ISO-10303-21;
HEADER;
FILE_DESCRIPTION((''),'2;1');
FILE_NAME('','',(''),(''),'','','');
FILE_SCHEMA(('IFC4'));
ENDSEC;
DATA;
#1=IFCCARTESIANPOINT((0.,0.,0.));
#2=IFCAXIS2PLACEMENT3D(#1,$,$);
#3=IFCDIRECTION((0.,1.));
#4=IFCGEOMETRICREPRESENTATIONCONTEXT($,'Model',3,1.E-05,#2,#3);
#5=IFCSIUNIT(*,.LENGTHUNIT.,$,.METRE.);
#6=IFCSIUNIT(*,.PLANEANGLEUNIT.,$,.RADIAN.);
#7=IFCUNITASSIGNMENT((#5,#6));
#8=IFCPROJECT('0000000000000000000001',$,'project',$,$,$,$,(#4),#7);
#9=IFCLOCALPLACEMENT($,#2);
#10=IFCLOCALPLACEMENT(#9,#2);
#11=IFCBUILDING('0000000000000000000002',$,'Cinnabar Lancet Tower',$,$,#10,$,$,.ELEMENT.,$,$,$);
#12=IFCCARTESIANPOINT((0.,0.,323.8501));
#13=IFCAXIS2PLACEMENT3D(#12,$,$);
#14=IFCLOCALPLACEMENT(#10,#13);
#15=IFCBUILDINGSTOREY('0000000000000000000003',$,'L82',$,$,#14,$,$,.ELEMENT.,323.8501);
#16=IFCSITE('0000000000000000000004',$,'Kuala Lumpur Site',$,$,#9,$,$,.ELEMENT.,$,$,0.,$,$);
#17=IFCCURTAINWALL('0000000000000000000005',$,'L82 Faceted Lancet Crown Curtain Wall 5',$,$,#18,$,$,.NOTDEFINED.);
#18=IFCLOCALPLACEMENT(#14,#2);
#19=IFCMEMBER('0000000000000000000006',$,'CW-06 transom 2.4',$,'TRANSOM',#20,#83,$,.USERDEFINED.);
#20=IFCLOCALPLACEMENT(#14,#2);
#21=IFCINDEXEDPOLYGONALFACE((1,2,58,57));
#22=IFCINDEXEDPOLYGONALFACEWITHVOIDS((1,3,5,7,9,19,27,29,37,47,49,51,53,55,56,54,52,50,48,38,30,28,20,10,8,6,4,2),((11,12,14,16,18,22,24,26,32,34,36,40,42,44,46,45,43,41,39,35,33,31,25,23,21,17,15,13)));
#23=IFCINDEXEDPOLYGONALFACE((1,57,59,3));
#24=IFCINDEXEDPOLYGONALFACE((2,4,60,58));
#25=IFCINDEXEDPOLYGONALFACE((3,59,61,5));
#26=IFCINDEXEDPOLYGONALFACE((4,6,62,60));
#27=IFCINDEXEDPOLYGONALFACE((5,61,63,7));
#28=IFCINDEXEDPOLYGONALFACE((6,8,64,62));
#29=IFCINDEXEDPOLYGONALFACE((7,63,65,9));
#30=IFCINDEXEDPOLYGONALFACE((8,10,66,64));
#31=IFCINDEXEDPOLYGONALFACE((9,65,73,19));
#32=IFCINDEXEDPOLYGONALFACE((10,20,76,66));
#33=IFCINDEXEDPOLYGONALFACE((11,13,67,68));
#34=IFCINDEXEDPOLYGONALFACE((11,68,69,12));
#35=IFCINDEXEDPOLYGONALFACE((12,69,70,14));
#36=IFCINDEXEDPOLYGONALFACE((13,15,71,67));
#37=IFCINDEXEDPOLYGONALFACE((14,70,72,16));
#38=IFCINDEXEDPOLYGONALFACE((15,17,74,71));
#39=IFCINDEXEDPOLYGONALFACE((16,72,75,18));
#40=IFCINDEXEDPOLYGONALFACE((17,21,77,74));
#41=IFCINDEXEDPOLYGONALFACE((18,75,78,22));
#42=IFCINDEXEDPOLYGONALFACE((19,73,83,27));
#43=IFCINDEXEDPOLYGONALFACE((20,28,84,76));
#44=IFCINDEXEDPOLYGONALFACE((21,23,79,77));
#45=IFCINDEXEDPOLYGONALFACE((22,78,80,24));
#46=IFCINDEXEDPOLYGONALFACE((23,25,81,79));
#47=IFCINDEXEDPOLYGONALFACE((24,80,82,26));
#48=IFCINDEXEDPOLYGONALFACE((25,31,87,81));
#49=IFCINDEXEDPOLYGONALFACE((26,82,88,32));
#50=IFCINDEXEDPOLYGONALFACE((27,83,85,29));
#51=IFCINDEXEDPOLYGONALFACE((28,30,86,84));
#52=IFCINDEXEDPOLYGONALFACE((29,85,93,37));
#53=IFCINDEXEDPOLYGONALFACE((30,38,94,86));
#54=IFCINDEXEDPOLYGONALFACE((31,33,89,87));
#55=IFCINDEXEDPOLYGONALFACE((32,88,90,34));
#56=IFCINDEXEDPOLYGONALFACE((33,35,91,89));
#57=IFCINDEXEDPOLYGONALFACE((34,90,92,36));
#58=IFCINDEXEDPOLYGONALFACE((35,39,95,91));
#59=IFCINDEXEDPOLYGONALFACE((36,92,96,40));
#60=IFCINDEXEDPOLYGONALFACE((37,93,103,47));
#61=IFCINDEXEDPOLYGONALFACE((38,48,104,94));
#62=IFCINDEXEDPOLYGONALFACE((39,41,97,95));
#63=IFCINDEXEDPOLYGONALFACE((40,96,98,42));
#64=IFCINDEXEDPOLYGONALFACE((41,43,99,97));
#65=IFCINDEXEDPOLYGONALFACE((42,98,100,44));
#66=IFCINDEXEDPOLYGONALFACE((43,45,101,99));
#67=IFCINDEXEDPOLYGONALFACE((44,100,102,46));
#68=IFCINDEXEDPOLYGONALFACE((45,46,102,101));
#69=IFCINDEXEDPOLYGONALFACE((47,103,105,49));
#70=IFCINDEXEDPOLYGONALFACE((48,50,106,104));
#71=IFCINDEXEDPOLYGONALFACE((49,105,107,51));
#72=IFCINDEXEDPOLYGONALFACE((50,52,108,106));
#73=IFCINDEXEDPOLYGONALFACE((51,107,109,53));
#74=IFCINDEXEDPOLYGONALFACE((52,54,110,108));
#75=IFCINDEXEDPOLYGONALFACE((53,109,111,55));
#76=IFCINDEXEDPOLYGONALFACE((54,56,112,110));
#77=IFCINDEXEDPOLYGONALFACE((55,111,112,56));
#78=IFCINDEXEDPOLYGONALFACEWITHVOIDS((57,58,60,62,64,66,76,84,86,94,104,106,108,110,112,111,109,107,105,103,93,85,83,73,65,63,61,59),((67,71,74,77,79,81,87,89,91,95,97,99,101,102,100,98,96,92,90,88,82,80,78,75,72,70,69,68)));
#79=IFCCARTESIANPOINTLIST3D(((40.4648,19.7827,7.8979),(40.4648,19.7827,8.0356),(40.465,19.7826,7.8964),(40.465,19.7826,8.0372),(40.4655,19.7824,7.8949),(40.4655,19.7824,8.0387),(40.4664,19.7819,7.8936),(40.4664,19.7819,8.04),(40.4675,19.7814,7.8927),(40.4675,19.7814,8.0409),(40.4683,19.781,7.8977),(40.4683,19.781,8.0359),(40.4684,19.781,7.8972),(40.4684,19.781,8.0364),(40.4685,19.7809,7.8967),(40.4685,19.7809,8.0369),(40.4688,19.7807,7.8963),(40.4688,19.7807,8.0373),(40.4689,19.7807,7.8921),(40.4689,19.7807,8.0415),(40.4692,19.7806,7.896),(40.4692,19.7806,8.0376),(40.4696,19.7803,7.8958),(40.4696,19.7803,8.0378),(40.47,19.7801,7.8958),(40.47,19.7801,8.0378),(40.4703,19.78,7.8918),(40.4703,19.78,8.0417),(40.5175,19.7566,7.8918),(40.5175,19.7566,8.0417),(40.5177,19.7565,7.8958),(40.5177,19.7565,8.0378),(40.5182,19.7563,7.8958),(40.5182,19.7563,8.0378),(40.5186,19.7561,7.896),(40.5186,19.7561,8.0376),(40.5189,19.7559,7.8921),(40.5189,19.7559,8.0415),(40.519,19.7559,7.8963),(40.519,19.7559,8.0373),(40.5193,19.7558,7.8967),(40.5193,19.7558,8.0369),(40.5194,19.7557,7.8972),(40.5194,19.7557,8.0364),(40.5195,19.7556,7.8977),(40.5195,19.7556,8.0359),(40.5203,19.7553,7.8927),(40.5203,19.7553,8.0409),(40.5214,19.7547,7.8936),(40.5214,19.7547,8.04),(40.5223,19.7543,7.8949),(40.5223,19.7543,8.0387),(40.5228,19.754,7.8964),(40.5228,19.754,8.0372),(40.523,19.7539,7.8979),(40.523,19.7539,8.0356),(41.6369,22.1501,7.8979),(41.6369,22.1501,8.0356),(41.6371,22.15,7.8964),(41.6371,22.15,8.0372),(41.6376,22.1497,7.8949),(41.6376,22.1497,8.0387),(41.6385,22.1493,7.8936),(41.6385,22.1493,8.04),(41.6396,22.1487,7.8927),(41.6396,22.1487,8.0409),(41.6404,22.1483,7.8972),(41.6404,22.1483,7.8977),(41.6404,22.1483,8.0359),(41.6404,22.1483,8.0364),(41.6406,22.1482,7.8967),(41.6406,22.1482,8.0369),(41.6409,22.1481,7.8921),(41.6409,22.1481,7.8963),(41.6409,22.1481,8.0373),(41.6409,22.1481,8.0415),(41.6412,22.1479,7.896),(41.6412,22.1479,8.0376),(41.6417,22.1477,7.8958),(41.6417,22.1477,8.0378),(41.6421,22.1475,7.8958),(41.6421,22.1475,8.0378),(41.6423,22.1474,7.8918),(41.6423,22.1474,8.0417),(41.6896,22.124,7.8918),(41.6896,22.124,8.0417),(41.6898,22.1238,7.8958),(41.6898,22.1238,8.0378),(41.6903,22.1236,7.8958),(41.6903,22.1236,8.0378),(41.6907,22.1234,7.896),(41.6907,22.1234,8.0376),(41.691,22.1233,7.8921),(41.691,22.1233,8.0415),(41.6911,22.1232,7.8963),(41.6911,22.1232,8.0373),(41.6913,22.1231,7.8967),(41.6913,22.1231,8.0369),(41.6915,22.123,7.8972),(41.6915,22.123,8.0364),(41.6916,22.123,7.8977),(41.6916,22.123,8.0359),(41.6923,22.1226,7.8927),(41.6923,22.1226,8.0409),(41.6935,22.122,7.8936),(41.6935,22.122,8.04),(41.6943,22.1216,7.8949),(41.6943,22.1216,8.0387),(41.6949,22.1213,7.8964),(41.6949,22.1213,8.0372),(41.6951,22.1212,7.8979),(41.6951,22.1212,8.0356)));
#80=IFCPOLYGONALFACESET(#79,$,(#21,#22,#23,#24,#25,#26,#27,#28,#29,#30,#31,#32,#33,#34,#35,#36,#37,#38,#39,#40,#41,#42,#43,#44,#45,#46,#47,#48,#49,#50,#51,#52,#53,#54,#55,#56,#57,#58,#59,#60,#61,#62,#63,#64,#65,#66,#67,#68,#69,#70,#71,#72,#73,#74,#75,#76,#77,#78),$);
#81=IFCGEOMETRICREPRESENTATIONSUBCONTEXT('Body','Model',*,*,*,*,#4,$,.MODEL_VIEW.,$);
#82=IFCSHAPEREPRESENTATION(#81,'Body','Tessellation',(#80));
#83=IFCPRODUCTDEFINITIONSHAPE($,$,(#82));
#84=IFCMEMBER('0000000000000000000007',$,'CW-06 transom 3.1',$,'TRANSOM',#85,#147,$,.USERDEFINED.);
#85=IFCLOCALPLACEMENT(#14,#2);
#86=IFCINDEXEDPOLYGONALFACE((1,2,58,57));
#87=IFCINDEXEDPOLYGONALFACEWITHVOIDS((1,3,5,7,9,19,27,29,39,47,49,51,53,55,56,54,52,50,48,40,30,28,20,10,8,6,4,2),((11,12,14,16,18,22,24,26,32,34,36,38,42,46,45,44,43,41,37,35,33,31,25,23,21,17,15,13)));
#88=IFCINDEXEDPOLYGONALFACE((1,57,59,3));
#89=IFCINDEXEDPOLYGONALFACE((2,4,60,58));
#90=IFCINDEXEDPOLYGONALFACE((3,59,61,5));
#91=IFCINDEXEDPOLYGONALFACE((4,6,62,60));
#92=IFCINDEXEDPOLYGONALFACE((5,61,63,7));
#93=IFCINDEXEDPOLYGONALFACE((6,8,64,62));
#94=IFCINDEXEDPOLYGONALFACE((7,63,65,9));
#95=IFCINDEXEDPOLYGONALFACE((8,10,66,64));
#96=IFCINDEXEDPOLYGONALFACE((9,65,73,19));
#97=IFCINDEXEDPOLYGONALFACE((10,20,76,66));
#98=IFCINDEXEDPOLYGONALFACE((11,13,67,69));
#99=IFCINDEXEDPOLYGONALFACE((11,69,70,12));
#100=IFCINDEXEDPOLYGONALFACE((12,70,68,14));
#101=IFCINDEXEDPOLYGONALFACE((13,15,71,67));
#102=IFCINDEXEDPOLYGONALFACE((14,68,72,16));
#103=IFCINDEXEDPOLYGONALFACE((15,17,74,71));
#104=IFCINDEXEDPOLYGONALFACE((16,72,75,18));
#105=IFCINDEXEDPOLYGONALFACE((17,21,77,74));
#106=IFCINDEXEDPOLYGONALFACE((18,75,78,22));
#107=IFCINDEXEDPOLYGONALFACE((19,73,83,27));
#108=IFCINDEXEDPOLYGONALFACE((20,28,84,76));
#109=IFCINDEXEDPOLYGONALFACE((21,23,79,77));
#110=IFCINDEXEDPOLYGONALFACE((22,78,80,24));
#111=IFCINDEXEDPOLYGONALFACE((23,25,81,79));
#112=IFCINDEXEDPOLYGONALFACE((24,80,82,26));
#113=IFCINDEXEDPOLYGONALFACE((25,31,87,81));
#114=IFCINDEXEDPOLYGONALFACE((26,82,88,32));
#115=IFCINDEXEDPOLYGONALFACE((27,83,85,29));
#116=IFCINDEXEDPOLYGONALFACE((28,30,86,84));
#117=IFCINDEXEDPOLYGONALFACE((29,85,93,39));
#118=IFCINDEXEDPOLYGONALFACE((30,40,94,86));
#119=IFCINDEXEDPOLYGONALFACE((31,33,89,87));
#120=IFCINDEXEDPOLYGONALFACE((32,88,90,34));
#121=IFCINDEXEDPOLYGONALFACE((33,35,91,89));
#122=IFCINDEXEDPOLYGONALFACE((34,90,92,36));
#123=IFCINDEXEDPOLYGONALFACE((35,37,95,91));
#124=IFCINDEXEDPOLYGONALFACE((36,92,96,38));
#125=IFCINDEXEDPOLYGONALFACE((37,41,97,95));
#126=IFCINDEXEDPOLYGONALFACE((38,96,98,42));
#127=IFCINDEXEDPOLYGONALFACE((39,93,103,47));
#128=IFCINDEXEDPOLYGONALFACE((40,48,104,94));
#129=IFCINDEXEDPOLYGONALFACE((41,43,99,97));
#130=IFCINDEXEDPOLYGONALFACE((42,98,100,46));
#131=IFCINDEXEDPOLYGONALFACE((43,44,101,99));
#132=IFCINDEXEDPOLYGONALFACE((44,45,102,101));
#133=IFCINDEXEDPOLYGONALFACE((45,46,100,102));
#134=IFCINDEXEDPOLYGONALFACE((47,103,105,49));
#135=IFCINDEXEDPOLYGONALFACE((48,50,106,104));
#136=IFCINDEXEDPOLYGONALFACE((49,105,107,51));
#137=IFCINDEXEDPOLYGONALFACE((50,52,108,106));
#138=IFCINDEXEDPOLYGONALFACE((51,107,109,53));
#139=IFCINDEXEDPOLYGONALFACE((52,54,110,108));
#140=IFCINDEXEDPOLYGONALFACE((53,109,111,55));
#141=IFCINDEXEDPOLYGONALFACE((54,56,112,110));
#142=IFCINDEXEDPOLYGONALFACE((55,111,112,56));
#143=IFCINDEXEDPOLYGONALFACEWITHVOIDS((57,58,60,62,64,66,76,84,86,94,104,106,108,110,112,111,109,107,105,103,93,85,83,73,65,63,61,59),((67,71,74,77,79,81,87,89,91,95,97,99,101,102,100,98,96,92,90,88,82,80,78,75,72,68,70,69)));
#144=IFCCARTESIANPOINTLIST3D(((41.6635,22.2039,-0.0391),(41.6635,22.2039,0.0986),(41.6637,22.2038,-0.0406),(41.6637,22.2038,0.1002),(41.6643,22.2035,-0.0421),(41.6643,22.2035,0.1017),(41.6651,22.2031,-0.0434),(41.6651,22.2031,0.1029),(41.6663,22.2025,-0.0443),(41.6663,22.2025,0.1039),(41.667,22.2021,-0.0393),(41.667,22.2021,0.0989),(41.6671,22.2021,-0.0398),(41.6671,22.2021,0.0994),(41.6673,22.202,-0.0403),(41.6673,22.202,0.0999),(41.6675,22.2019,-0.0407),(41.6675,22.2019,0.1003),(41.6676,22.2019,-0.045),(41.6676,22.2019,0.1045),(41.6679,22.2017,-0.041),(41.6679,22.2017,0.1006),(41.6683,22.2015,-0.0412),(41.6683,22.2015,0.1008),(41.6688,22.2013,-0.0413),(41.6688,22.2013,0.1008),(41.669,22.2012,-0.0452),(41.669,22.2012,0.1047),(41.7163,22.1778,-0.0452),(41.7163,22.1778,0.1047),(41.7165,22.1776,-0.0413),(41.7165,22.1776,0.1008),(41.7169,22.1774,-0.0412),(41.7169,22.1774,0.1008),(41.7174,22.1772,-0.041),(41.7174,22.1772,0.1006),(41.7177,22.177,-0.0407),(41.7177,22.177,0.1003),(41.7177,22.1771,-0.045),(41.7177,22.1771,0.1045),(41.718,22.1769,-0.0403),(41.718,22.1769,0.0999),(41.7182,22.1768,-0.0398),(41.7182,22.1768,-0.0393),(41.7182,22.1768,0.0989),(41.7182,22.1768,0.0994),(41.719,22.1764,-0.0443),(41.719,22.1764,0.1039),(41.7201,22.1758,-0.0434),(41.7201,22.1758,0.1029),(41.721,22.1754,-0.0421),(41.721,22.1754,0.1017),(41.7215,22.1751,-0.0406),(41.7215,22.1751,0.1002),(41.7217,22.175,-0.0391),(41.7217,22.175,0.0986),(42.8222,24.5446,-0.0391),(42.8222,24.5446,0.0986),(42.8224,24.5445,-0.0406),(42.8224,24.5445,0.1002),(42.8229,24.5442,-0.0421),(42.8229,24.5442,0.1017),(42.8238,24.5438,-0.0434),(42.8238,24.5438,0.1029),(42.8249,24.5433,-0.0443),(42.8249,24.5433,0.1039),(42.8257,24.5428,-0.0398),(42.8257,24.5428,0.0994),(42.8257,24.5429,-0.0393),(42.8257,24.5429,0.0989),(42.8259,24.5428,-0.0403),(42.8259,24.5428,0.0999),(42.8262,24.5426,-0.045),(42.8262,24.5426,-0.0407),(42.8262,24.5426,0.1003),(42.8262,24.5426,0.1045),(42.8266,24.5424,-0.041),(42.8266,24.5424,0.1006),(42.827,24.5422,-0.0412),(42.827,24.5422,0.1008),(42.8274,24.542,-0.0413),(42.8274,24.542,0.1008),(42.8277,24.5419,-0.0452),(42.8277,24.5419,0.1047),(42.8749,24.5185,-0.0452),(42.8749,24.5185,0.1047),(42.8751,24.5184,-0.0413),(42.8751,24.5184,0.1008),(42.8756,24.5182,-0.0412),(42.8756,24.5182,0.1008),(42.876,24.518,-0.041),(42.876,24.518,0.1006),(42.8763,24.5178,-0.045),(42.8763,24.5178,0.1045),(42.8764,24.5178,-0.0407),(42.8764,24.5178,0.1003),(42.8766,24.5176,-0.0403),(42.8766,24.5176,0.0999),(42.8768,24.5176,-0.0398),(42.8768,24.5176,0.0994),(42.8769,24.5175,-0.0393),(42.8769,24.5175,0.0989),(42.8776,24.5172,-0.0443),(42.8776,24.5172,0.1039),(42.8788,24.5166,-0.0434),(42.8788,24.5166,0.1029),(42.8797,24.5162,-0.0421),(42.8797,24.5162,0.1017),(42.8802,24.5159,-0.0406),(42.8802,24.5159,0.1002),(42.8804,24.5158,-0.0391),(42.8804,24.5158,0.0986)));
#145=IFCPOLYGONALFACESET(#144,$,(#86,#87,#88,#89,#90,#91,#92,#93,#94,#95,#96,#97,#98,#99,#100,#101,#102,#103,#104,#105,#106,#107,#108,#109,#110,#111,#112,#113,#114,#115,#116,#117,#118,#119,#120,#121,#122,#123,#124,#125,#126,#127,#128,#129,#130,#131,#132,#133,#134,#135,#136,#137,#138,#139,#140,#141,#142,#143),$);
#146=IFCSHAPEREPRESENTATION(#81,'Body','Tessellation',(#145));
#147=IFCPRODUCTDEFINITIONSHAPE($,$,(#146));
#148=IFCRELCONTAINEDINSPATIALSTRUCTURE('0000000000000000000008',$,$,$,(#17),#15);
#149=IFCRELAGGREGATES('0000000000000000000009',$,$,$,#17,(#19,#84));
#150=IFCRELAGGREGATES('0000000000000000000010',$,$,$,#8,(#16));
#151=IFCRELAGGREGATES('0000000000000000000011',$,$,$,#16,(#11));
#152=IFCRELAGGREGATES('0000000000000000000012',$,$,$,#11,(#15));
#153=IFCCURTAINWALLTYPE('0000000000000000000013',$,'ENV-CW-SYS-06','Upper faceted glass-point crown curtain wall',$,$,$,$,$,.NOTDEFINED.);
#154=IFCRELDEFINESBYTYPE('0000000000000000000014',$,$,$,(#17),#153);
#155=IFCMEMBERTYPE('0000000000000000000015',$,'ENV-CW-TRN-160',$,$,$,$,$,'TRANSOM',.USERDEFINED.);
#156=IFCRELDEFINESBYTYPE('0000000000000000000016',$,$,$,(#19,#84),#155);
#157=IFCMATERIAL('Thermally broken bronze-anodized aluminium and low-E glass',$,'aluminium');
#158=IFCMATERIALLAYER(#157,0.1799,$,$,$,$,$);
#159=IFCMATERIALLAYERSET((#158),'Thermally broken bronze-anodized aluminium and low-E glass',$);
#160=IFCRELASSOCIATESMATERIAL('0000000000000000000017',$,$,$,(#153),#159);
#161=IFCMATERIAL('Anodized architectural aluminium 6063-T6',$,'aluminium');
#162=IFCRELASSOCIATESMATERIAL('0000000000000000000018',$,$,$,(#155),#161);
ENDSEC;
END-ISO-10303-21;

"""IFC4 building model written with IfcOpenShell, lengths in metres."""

from ifc_helpers import new_model, si_unit, direction, frame, origin, origin_2d, place, context, subcontext, project, spatial, hollow_rectangle, extrude, material, layer, layer_set, material_profile, profile_set, type_object, element, aggregate, save


model = new_model("IFC4")

# Units and contexts
model_context = context("Model", 3, precision=1e-05, world=origin(), true_north=direction((0.0, 1.0)))
body_context = subcontext(model_context, "Body", "Model", "MODEL_VIEW")
ifc_project = project(units=[si_unit("LENGTHUNIT", "METRE"), si_unit("PLANEANGLEUNIT", "RADIAN")], contexts=[model_context])

# Site, building, storey
site_placement = place(None, origin())
site = spatial("IfcSite", under=ifc_project, at=site_placement, Name="Kuala Lumpur Site", CompositionType="ELEMENT", RefElevation=0.0)
building_placement = place(site_placement, origin())
building = spatial("IfcBuilding", under=site, at=building_placement, Name="Cinnabar Lancet Tower", CompositionType="ELEMENT")
storey_placement = place(building_placement, frame((0.0, 0.0, 323.8501)))
storey = spatial("IfcBuildingStorey", under=building, at=storey_placement, Name="L82", CompositionType="ELEMENT", Elevation=323.8501)

# Curtain wall, members
ifc_material_1 = material(Name="Thermally broken bronze-anodized aluminium and low-E glass", Category="aluminium")
ifc_layer_1 = layer(ifc_material_1, 0.1799)
ifc_layer_set_1 = layer_set([ifc_layer_1], Name="Thermally broken bronze-anodized aluminium and low-E glass")
curtain_wall_type = type_object("IfcCurtainWallType", Name="ENV-CW-SYS-06", Description="Upper faceted glass-point crown curtain wall", PredefinedType="NOTDEFINED", material=ifc_layer_set_1)
curtain_wall_placement = place(storey_placement, origin())
curtain_wall = element("IfcCurtainWall", 1, at=curtain_wall_placement, inside=storey, type_object=curtain_wall_type, Name="L82 Faceted Lancet Crown Curtain Wall 5", PredefinedType="NOTDEFINED")
ifc_material_2 = material(Name="Anodized architectural aluminium 6063-T6", Category="aluminium")
ifc_material_profile_1 = material_profile(ifc_material_2, hollow_rectangle(XDim=0.0649, YDim=0.1499, WallThickness=0.0039, InnerFilletRadius=0.002, OuterFilletRadius=0.0061, at=origin_2d()), Name="CW-TRN 150x65x4")
ifc_profile_set_1 = profile_set([ifc_material_profile_1], Name="Anodized architectural aluminium 6063-T6")
member_type_1 = type_object("IfcMemberType", Name="ENV-CW-TRN-160", ElementType="TRANSOM", PredefinedType="USERDEFINED", material=ifc_profile_set_1)
member_1_placement = place(storey_placement, frame((40.4939, 19.7683, 7.9668), z_axis=(0.443698, 0.896176, 0.0), x_axis=(-0.896176, 0.443698, 0.0)))
member_1 = element("IfcMember", 2, at=member_1_placement, type_object=member_type_1, Name="CW-06 transom 2.4", ObjectType="TRANSOM", PredefinedType="USERDEFINED", context=body_context, shape_type="SweptSolid", body=[
    extrude(hollow_rectangle(XDim=0.0649, YDim=0.1499, WallThickness=0.0039, InnerFilletRadius=0.002, OuterFilletRadius=0.0061, at=origin_2d()), origin(), (0.0, 0.0, 1.0), 2.6416),
])
member_2_placement = place(storey_placement, frame((41.6926, 22.1895, 0.0298), z_axis=(0.443621, 0.896215, 0.0), x_axis=(-0.896215, 0.443621, 0.0)))
member_2 = element("IfcMember", 3, at=member_2_placement, type_object=member_type_1, Name="CW-06 transom 3.1", ObjectType="TRANSOM", PredefinedType="USERDEFINED", context=body_context, shape_type="SweptSolid", body=[
    extrude(hollow_rectangle(XDim=0.0649, YDim=0.1499, WallThickness=0.0039, InnerFilletRadius=0.002, OuterFilletRadius=0.0061, at=origin_2d()), origin(), (0.0, 0.0, 1.0), 2.6118),
])

aggregate(curtain_wall, [member_1, member_2])

save(model, "model.ifc")
